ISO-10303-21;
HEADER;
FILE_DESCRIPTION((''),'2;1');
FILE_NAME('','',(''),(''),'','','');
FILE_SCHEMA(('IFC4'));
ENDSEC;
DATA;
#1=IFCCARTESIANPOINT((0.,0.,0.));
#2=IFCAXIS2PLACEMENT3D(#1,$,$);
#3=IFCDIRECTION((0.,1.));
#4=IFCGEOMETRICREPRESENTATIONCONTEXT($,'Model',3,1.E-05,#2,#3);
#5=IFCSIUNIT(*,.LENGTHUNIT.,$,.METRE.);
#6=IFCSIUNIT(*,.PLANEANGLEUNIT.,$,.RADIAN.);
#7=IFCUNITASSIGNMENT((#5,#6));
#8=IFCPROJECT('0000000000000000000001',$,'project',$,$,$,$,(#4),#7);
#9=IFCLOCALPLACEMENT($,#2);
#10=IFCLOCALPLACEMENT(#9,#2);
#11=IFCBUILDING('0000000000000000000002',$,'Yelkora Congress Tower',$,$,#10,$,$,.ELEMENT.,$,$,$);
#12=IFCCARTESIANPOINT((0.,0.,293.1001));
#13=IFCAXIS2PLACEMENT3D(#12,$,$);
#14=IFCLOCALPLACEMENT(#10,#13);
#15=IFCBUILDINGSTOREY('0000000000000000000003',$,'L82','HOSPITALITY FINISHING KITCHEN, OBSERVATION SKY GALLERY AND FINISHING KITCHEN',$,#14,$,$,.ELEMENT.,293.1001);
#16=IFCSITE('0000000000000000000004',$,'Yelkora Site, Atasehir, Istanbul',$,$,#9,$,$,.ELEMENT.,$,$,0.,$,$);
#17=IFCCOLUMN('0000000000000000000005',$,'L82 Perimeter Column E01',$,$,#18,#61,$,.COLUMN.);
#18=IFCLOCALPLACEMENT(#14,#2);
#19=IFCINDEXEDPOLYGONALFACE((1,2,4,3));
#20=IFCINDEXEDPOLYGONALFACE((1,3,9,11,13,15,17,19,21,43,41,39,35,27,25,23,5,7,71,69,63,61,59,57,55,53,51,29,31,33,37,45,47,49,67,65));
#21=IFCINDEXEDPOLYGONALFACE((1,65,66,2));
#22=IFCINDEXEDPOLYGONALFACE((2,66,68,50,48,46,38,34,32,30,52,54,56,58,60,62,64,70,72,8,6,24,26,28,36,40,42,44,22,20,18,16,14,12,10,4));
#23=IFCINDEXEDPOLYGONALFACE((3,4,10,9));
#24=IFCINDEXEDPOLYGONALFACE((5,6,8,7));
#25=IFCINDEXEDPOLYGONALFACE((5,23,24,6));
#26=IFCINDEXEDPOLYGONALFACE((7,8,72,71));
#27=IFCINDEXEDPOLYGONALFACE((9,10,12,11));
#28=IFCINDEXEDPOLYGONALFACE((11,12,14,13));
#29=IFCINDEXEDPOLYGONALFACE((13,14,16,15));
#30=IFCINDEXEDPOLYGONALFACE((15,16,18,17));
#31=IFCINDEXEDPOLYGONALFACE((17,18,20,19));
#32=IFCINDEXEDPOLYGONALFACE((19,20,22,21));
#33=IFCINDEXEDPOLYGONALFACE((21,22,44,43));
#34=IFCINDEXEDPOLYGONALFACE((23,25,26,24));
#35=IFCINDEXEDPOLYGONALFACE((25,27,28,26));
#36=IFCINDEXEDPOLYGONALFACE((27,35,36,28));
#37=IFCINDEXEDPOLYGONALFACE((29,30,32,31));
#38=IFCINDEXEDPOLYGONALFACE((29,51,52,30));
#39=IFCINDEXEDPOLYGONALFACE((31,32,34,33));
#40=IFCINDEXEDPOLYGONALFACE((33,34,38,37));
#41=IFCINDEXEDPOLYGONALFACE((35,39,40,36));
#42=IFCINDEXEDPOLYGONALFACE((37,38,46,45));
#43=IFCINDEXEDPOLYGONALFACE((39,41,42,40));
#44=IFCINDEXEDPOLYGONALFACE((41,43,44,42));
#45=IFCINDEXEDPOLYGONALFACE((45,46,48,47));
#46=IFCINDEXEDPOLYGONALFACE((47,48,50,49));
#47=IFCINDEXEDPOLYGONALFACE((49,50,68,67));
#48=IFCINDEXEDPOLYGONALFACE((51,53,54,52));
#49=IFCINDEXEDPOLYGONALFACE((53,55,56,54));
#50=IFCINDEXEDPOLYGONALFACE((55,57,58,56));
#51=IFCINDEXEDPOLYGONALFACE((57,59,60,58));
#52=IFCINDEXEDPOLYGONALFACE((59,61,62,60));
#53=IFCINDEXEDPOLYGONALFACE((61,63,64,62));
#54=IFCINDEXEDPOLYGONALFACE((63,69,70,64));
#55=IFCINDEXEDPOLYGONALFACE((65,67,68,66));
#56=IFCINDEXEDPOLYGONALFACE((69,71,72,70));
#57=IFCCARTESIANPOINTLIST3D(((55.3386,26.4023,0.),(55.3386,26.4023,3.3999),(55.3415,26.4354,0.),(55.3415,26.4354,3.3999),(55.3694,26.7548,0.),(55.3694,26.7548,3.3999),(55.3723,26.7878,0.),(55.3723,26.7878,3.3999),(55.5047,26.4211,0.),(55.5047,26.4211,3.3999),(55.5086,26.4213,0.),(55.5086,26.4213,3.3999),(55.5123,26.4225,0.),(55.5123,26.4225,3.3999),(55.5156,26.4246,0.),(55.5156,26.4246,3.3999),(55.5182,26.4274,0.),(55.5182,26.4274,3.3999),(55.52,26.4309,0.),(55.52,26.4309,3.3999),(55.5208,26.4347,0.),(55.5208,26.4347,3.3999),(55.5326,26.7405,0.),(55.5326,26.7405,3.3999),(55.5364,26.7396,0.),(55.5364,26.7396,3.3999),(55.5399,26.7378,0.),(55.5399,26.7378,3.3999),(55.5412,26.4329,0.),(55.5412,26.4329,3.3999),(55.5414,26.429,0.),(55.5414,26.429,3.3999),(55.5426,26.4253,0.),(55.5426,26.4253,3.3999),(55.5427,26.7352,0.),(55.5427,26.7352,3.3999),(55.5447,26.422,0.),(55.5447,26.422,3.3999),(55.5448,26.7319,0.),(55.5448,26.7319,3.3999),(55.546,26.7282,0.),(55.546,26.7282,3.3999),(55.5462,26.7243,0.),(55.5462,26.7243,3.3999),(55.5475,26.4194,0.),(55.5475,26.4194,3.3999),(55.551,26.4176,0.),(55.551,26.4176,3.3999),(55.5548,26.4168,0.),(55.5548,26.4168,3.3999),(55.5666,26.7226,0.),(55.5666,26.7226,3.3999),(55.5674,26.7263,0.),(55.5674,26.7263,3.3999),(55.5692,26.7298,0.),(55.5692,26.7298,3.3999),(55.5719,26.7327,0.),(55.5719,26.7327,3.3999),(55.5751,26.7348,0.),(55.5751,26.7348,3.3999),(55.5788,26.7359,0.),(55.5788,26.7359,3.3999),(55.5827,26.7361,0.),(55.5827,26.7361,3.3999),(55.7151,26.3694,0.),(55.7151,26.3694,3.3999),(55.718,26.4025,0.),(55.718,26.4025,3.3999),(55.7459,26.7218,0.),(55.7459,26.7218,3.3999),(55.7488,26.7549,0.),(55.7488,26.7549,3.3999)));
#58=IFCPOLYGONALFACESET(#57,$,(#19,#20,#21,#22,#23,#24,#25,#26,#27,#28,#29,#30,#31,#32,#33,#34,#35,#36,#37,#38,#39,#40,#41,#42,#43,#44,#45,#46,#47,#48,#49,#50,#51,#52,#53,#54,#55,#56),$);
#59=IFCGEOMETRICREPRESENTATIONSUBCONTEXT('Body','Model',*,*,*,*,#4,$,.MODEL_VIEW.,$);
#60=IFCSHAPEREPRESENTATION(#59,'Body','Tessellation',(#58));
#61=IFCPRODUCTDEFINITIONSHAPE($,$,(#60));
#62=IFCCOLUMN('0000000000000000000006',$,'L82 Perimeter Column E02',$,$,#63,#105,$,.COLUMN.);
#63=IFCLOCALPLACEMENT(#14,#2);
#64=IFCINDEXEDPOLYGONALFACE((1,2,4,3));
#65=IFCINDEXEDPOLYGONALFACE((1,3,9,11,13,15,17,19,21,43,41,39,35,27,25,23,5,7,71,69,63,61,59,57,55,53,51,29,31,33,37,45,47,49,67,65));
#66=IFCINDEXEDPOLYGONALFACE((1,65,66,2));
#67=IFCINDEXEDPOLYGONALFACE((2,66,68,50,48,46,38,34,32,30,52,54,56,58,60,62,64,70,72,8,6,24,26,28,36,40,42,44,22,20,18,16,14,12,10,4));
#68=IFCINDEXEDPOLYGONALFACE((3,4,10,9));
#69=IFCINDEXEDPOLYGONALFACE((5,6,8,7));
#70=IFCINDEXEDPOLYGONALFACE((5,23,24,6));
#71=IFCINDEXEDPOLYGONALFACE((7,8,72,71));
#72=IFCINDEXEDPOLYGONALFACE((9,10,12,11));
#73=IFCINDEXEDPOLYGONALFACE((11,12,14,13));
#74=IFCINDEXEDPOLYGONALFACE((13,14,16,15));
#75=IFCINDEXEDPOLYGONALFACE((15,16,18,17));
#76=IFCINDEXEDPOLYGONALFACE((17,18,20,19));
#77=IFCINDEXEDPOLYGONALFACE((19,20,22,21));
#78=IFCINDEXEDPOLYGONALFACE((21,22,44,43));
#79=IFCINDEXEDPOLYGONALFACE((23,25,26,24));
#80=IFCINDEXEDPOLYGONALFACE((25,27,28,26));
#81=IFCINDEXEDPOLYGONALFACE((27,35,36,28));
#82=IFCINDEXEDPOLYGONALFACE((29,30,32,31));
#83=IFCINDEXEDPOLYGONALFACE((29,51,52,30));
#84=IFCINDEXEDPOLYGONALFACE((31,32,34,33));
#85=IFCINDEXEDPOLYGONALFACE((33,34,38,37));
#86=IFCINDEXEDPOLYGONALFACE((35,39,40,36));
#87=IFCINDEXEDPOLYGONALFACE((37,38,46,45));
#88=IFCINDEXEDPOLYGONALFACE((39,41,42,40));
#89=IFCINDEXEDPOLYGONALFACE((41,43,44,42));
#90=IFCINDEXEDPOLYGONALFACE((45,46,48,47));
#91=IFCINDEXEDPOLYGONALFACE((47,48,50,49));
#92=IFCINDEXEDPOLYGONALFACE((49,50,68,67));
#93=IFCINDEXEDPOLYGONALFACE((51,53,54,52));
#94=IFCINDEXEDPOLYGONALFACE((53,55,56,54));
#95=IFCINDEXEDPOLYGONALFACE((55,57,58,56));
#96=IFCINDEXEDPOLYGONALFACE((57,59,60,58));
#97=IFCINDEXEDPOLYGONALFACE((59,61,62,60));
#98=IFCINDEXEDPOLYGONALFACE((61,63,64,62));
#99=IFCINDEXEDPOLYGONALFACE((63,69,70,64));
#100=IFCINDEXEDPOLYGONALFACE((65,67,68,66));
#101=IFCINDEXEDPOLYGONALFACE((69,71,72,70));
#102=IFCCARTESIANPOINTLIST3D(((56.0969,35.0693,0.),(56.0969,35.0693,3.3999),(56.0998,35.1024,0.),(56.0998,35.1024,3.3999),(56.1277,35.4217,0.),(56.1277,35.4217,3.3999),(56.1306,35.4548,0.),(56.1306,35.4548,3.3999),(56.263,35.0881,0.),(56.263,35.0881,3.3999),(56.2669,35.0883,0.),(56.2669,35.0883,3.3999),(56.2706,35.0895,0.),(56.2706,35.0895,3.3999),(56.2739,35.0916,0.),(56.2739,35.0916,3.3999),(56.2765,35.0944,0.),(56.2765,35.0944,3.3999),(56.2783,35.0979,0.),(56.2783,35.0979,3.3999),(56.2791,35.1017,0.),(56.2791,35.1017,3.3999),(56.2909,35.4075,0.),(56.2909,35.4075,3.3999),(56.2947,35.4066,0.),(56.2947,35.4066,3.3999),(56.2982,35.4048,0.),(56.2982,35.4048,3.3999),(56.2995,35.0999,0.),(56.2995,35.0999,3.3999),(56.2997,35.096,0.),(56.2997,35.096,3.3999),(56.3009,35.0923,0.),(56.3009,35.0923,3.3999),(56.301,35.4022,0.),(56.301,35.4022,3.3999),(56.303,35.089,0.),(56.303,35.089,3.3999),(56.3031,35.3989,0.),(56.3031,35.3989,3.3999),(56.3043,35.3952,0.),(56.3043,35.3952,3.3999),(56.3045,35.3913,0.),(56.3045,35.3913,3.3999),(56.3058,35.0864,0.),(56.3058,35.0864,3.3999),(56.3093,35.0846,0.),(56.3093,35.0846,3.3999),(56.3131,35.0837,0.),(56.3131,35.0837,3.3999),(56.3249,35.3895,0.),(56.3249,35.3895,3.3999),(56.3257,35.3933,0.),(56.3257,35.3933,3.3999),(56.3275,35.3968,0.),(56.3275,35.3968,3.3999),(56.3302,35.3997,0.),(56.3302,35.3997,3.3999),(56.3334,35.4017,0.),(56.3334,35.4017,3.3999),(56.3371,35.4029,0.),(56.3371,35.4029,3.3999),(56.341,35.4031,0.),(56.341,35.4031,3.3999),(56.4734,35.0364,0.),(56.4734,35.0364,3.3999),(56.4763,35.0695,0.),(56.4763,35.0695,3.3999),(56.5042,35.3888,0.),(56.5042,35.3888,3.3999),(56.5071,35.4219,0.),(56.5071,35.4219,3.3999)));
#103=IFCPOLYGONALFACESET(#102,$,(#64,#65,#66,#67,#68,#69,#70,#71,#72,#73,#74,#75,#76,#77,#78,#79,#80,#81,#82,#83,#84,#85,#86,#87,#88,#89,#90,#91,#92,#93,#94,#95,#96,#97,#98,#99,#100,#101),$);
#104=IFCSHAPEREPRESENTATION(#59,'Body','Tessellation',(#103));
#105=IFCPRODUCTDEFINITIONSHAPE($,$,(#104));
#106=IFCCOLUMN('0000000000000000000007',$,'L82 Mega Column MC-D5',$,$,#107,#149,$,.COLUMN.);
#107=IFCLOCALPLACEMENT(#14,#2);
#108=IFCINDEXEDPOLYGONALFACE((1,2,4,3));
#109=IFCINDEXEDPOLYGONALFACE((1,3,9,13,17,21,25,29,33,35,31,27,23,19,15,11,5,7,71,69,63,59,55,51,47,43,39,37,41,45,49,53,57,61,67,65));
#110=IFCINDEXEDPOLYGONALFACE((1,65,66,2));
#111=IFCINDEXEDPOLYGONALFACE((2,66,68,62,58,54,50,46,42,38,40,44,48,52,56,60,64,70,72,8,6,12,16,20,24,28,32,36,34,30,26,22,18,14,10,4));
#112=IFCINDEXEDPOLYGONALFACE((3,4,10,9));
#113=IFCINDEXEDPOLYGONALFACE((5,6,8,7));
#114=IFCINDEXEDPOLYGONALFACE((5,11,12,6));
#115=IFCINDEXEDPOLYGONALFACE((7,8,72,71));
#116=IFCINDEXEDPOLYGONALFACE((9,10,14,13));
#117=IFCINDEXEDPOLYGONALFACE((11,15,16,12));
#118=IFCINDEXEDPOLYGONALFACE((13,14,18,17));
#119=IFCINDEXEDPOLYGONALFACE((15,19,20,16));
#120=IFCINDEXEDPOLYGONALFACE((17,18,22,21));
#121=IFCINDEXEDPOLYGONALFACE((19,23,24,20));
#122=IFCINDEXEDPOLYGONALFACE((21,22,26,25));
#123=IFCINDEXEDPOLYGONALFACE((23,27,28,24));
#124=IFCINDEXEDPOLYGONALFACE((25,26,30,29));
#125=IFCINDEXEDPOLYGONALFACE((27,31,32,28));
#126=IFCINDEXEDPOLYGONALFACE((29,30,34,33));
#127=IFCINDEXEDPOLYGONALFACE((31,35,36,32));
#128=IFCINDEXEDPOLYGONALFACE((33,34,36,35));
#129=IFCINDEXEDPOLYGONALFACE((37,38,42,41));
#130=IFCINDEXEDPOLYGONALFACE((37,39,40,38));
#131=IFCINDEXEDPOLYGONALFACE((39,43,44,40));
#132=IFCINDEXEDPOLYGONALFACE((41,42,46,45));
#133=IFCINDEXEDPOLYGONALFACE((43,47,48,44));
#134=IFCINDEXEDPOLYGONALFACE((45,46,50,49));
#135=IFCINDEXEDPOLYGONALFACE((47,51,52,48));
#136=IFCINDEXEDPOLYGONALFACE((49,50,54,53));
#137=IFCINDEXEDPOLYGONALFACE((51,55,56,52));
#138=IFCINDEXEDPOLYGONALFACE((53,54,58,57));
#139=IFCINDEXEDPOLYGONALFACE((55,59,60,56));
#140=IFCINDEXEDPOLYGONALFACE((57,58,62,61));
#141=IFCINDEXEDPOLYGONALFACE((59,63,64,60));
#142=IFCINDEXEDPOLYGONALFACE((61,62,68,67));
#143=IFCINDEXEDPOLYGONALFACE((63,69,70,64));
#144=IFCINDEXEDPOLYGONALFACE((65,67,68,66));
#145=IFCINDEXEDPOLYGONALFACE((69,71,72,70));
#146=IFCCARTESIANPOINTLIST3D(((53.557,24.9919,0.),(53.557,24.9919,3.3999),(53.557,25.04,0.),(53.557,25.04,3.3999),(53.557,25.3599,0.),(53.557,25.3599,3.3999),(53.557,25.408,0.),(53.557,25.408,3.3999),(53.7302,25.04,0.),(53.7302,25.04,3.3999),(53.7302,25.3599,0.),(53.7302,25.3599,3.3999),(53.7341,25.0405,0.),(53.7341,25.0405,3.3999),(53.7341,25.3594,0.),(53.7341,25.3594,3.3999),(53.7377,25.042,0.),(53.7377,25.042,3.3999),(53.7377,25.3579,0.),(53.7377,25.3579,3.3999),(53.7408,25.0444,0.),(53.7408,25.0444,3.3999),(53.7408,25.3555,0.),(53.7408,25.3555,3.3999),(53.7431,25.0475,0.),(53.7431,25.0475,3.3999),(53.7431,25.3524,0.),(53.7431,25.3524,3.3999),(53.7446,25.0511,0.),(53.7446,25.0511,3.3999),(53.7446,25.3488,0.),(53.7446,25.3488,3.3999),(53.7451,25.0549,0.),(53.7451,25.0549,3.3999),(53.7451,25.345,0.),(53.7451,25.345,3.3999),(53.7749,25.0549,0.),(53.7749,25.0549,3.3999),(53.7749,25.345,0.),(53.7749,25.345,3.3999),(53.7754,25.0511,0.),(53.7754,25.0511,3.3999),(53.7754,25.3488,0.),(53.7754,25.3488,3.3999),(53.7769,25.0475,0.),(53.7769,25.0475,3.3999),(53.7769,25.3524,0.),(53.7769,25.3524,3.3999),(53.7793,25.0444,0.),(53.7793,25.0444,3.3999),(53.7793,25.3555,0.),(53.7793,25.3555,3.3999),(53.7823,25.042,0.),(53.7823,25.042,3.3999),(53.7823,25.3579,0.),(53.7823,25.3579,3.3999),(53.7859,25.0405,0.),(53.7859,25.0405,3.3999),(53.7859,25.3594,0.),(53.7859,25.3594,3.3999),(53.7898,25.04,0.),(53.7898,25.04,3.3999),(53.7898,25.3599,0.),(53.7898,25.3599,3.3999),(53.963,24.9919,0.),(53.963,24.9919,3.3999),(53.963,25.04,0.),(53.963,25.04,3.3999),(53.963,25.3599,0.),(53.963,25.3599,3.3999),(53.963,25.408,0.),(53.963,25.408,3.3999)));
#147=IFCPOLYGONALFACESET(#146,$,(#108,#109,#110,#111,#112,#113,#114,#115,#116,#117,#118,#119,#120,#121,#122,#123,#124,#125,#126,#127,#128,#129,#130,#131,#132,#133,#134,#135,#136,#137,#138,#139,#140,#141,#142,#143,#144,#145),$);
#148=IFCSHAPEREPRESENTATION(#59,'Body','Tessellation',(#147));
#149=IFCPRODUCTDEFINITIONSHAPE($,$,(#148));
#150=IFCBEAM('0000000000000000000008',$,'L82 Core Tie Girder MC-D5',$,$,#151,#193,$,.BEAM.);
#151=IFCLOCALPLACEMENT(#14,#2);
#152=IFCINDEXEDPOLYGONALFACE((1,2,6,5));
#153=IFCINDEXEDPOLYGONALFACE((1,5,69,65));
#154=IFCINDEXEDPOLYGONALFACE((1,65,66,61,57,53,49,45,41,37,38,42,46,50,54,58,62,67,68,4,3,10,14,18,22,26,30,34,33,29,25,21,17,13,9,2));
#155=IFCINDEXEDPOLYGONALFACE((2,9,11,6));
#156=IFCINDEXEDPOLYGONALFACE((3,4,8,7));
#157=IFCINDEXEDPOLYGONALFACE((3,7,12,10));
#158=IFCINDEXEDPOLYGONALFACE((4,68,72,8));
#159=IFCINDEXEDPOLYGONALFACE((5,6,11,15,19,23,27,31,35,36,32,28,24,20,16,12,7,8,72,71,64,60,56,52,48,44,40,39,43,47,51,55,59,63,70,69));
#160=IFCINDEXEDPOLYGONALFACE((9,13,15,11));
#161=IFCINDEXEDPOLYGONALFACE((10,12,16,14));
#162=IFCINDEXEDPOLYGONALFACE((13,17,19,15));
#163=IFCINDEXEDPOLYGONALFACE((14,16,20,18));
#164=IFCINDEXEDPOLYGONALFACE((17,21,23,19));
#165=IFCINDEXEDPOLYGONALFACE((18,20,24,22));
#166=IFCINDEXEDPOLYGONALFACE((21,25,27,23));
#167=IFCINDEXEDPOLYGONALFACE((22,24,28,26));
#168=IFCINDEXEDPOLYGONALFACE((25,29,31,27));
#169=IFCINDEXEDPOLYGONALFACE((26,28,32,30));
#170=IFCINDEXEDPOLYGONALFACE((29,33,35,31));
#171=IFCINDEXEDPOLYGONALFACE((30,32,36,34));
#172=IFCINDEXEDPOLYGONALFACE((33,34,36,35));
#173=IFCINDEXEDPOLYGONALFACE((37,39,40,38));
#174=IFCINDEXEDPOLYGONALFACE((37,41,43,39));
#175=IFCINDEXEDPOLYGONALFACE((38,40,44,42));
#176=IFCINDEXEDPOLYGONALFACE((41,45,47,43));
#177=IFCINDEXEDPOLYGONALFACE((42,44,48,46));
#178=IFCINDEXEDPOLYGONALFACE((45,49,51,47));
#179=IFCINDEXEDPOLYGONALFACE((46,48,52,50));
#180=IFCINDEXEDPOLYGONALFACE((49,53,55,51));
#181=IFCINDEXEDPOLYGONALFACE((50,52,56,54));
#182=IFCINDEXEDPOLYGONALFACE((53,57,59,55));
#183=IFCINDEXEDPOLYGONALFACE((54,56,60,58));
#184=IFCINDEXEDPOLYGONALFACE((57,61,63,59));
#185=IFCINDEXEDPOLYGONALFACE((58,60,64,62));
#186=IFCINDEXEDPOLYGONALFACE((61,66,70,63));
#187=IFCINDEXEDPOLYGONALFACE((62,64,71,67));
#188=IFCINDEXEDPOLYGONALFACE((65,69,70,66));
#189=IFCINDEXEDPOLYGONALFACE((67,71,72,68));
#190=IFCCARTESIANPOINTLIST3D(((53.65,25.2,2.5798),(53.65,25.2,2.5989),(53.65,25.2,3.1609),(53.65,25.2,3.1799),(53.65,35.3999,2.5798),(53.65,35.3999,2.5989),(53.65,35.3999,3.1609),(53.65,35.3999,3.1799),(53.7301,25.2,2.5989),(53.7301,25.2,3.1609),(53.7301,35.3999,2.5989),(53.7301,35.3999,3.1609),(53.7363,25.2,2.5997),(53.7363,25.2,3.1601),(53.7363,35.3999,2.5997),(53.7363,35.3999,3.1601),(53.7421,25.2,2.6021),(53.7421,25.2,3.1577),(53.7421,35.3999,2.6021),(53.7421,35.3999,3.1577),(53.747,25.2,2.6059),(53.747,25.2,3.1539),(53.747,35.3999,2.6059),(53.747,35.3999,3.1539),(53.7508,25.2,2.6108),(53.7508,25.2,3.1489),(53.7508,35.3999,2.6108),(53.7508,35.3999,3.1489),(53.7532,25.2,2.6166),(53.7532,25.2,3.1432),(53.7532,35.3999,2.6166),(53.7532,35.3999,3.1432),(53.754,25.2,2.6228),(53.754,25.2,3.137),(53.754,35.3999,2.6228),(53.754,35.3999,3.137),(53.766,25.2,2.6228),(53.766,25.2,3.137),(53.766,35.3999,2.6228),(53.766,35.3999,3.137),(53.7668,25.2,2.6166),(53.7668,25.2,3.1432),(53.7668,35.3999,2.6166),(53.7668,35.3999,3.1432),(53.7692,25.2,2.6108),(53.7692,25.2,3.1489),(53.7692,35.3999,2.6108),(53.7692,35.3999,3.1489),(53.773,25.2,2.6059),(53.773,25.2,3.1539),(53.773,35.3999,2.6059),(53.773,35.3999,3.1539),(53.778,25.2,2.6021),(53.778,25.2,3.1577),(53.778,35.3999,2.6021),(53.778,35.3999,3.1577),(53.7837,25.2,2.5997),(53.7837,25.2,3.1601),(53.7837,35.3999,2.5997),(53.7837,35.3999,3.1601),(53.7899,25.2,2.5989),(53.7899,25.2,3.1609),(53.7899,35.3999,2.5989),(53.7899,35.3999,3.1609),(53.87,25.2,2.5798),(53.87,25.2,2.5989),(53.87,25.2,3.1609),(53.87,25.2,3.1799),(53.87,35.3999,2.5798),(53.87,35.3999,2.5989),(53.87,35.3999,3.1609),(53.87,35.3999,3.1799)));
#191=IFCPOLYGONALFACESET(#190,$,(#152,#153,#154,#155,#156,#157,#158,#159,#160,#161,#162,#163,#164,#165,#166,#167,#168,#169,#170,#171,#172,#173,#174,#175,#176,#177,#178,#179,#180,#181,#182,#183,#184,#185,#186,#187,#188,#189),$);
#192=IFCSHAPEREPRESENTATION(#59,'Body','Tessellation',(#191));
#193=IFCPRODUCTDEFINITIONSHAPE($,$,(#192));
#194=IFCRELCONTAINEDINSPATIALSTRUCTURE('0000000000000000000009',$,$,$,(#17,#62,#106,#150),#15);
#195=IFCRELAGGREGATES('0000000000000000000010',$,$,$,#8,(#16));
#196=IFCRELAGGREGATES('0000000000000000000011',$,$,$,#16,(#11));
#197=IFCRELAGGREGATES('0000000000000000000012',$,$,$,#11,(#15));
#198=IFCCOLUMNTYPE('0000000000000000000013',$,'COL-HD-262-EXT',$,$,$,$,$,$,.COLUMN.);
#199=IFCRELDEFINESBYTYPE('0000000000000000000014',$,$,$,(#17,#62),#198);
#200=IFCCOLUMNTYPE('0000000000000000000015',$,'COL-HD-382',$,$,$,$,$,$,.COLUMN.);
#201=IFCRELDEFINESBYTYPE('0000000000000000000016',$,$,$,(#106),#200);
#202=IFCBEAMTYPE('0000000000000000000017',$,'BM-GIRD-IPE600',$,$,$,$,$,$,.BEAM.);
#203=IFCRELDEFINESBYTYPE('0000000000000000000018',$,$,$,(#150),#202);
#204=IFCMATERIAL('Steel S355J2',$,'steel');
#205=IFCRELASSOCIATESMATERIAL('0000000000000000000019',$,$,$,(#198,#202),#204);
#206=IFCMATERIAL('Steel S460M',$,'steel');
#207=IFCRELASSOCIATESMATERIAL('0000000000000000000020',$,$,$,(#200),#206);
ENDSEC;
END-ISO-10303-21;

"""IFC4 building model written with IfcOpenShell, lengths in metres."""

from ifc_helpers import new_model, si_unit, direction, frame, origin, origin_2d, place, context, subcontext, project, spatial, i_section, extrude, material, material_profile, profile_set, type_object, element, save


model = new_model("IFC4")

# Units and contexts
model_context = context("Model", 3, precision=1e-05, world=origin(), true_north=direction((0.0, 1.0)))
body_context = subcontext(model_context, "Body", "Model", "MODEL_VIEW")
ifc_project = project(units=[si_unit("LENGTHUNIT", "METRE"), si_unit("PLANEANGLEUNIT", "RADIAN")], contexts=[model_context])

# Site, building, storey
site_placement = place(None, origin())
site = spatial("IfcSite", under=ifc_project, at=site_placement, Name="Yelkora Site, Atasehir, Istanbul", CompositionType="ELEMENT", RefElevation=0.0)
building_placement = place(site_placement, origin())
building = spatial("IfcBuilding", under=site, at=building_placement, Name="Yelkora Congress Tower", CompositionType="ELEMENT")
storey_placement = place(building_placement, frame((0.0, 0.0, 293.1001)))
storey = spatial("IfcBuildingStorey", under=building, at=storey_placement, Name="L82", Description="HOSPITALITY FINISHING KITCHEN, OBSERVATION SKY GALLERY AND FINISHING KITCHEN", CompositionType="ELEMENT", Elevation=293.1001)

# Columns
ifc_material_1 = material(Name="Steel S355J2", Category="steel")
ifc_material_profile_1 = material_profile(ifc_material_1, i_section(OverallWidth=0.3779, OverallDepth=0.387, WebThickness=0.0205, FlangeThickness=0.0332, FilletRadius=0.0149, at=origin_2d()), Name="HD 360x262")
ifc_profile_set_1 = profile_set([ifc_material_profile_1], Name="Steel S355J2")
column_type_1 = type_object("IfcColumnType", Name="COL-HD-262-EXT", PredefinedType="COLUMN", material=ifc_profile_set_1)
for number, where, z_axis, x_axis, name in (
    (1, (55.5437, 26.5786, 0.0), (0.0, 0.0, 1.0), (0.996195, -0.087156, 0.0), "L82 Perimeter Column E01"),
    (2, (56.302, 35.2456, 0.0), (0.0, 0.0, 1.0), (0.996195, -0.087156, 0.0), "L82 Perimeter Column E02"),
):
    element("IfcColumn", number, at=place(storey_placement, frame(where, z_axis=z_axis, x_axis=x_axis)), inside=storey, type_object=column_type_1, Name=name, PredefinedType="COLUMN", context=body_context, shape_type="SweptSolid", body=[
        extrude(i_section(OverallWidth=0.3779, OverallDepth=0.387, WebThickness=0.0205, FlangeThickness=0.0332, FilletRadius=0.0149, at=origin_2d()), origin(), (0.0, 0.0, 1.0), 3.3999),
    ])
ifc_material_2 = material(Name="Steel S460M", Category="steel")
ifc_material_profile_2 = material_profile(ifc_material_2, i_section(OverallWidth=0.406, OverallDepth=0.416, WebThickness=0.0298, FlangeThickness=0.0481, FilletRadius=0.0149, at=origin_2d()), Name="HD 400x382")
ifc_profile_set_2 = profile_set([ifc_material_profile_2], Name="Steel S460M")
column_type_2 = type_object("IfcColumnType", Name="COL-HD-382", PredefinedType="COLUMN", material=ifc_profile_set_2)
column_placement = place(storey_placement, frame((53.76, 25.2, 0.0), z_axis=(0.0, 0.0, 1.0), x_axis=(1.0, 0.0, 0.0)))
element("IfcColumn", 3, at=column_placement, inside=storey, type_object=column_type_2, Name="L82 Mega Column MC-D5", PredefinedType="COLUMN", context=body_context, shape_type="SweptSolid", body=[
    extrude(i_section(OverallWidth=0.406, OverallDepth=0.416, WebThickness=0.0298, FlangeThickness=0.0481, FilletRadius=0.0149, at=origin_2d()), origin(), (0.0, 0.0, 1.0), 3.3999),
])

# Beam
ifc_material_profile_3 = material_profile(ifc_material_1, i_section(OverallWidth=0.22, OverallDepth=0.6001, WebThickness=0.012, FlangeThickness=0.019, FilletRadius=0.0239, at=origin_2d()), Name="IPE 600")
ifc_profile_set_3 = profile_set([ifc_material_profile_3], Name="Steel S355J2")
beam_type_1 = type_object("IfcBeamType", Name="BM-GIRD-IPE600", PredefinedType="BEAM", material=ifc_profile_set_3)
beam_1_placement = place(storey_placement, frame((53.76, 25.2, 2.8799), z_axis=(0.0, 1.0, 0.0), x_axis=(-1.0, 0.0, 0.0)))
element("IfcBeam", 4, at=beam_1_placement, inside=storey, type_object=beam_type_1, Name="L82 Core Tie Girder MC-D5", PredefinedType="BEAM", context=body_context, shape_type="SweptSolid", body=[
    extrude(i_section(OverallWidth=0.22, OverallDepth=0.6001, WebThickness=0.012, FlangeThickness=0.019, FilletRadius=0.0239, at=origin_2d()), origin(), (0.0, 0.0, 1.0), 10.2),
])

save(model, "model.ifc")
